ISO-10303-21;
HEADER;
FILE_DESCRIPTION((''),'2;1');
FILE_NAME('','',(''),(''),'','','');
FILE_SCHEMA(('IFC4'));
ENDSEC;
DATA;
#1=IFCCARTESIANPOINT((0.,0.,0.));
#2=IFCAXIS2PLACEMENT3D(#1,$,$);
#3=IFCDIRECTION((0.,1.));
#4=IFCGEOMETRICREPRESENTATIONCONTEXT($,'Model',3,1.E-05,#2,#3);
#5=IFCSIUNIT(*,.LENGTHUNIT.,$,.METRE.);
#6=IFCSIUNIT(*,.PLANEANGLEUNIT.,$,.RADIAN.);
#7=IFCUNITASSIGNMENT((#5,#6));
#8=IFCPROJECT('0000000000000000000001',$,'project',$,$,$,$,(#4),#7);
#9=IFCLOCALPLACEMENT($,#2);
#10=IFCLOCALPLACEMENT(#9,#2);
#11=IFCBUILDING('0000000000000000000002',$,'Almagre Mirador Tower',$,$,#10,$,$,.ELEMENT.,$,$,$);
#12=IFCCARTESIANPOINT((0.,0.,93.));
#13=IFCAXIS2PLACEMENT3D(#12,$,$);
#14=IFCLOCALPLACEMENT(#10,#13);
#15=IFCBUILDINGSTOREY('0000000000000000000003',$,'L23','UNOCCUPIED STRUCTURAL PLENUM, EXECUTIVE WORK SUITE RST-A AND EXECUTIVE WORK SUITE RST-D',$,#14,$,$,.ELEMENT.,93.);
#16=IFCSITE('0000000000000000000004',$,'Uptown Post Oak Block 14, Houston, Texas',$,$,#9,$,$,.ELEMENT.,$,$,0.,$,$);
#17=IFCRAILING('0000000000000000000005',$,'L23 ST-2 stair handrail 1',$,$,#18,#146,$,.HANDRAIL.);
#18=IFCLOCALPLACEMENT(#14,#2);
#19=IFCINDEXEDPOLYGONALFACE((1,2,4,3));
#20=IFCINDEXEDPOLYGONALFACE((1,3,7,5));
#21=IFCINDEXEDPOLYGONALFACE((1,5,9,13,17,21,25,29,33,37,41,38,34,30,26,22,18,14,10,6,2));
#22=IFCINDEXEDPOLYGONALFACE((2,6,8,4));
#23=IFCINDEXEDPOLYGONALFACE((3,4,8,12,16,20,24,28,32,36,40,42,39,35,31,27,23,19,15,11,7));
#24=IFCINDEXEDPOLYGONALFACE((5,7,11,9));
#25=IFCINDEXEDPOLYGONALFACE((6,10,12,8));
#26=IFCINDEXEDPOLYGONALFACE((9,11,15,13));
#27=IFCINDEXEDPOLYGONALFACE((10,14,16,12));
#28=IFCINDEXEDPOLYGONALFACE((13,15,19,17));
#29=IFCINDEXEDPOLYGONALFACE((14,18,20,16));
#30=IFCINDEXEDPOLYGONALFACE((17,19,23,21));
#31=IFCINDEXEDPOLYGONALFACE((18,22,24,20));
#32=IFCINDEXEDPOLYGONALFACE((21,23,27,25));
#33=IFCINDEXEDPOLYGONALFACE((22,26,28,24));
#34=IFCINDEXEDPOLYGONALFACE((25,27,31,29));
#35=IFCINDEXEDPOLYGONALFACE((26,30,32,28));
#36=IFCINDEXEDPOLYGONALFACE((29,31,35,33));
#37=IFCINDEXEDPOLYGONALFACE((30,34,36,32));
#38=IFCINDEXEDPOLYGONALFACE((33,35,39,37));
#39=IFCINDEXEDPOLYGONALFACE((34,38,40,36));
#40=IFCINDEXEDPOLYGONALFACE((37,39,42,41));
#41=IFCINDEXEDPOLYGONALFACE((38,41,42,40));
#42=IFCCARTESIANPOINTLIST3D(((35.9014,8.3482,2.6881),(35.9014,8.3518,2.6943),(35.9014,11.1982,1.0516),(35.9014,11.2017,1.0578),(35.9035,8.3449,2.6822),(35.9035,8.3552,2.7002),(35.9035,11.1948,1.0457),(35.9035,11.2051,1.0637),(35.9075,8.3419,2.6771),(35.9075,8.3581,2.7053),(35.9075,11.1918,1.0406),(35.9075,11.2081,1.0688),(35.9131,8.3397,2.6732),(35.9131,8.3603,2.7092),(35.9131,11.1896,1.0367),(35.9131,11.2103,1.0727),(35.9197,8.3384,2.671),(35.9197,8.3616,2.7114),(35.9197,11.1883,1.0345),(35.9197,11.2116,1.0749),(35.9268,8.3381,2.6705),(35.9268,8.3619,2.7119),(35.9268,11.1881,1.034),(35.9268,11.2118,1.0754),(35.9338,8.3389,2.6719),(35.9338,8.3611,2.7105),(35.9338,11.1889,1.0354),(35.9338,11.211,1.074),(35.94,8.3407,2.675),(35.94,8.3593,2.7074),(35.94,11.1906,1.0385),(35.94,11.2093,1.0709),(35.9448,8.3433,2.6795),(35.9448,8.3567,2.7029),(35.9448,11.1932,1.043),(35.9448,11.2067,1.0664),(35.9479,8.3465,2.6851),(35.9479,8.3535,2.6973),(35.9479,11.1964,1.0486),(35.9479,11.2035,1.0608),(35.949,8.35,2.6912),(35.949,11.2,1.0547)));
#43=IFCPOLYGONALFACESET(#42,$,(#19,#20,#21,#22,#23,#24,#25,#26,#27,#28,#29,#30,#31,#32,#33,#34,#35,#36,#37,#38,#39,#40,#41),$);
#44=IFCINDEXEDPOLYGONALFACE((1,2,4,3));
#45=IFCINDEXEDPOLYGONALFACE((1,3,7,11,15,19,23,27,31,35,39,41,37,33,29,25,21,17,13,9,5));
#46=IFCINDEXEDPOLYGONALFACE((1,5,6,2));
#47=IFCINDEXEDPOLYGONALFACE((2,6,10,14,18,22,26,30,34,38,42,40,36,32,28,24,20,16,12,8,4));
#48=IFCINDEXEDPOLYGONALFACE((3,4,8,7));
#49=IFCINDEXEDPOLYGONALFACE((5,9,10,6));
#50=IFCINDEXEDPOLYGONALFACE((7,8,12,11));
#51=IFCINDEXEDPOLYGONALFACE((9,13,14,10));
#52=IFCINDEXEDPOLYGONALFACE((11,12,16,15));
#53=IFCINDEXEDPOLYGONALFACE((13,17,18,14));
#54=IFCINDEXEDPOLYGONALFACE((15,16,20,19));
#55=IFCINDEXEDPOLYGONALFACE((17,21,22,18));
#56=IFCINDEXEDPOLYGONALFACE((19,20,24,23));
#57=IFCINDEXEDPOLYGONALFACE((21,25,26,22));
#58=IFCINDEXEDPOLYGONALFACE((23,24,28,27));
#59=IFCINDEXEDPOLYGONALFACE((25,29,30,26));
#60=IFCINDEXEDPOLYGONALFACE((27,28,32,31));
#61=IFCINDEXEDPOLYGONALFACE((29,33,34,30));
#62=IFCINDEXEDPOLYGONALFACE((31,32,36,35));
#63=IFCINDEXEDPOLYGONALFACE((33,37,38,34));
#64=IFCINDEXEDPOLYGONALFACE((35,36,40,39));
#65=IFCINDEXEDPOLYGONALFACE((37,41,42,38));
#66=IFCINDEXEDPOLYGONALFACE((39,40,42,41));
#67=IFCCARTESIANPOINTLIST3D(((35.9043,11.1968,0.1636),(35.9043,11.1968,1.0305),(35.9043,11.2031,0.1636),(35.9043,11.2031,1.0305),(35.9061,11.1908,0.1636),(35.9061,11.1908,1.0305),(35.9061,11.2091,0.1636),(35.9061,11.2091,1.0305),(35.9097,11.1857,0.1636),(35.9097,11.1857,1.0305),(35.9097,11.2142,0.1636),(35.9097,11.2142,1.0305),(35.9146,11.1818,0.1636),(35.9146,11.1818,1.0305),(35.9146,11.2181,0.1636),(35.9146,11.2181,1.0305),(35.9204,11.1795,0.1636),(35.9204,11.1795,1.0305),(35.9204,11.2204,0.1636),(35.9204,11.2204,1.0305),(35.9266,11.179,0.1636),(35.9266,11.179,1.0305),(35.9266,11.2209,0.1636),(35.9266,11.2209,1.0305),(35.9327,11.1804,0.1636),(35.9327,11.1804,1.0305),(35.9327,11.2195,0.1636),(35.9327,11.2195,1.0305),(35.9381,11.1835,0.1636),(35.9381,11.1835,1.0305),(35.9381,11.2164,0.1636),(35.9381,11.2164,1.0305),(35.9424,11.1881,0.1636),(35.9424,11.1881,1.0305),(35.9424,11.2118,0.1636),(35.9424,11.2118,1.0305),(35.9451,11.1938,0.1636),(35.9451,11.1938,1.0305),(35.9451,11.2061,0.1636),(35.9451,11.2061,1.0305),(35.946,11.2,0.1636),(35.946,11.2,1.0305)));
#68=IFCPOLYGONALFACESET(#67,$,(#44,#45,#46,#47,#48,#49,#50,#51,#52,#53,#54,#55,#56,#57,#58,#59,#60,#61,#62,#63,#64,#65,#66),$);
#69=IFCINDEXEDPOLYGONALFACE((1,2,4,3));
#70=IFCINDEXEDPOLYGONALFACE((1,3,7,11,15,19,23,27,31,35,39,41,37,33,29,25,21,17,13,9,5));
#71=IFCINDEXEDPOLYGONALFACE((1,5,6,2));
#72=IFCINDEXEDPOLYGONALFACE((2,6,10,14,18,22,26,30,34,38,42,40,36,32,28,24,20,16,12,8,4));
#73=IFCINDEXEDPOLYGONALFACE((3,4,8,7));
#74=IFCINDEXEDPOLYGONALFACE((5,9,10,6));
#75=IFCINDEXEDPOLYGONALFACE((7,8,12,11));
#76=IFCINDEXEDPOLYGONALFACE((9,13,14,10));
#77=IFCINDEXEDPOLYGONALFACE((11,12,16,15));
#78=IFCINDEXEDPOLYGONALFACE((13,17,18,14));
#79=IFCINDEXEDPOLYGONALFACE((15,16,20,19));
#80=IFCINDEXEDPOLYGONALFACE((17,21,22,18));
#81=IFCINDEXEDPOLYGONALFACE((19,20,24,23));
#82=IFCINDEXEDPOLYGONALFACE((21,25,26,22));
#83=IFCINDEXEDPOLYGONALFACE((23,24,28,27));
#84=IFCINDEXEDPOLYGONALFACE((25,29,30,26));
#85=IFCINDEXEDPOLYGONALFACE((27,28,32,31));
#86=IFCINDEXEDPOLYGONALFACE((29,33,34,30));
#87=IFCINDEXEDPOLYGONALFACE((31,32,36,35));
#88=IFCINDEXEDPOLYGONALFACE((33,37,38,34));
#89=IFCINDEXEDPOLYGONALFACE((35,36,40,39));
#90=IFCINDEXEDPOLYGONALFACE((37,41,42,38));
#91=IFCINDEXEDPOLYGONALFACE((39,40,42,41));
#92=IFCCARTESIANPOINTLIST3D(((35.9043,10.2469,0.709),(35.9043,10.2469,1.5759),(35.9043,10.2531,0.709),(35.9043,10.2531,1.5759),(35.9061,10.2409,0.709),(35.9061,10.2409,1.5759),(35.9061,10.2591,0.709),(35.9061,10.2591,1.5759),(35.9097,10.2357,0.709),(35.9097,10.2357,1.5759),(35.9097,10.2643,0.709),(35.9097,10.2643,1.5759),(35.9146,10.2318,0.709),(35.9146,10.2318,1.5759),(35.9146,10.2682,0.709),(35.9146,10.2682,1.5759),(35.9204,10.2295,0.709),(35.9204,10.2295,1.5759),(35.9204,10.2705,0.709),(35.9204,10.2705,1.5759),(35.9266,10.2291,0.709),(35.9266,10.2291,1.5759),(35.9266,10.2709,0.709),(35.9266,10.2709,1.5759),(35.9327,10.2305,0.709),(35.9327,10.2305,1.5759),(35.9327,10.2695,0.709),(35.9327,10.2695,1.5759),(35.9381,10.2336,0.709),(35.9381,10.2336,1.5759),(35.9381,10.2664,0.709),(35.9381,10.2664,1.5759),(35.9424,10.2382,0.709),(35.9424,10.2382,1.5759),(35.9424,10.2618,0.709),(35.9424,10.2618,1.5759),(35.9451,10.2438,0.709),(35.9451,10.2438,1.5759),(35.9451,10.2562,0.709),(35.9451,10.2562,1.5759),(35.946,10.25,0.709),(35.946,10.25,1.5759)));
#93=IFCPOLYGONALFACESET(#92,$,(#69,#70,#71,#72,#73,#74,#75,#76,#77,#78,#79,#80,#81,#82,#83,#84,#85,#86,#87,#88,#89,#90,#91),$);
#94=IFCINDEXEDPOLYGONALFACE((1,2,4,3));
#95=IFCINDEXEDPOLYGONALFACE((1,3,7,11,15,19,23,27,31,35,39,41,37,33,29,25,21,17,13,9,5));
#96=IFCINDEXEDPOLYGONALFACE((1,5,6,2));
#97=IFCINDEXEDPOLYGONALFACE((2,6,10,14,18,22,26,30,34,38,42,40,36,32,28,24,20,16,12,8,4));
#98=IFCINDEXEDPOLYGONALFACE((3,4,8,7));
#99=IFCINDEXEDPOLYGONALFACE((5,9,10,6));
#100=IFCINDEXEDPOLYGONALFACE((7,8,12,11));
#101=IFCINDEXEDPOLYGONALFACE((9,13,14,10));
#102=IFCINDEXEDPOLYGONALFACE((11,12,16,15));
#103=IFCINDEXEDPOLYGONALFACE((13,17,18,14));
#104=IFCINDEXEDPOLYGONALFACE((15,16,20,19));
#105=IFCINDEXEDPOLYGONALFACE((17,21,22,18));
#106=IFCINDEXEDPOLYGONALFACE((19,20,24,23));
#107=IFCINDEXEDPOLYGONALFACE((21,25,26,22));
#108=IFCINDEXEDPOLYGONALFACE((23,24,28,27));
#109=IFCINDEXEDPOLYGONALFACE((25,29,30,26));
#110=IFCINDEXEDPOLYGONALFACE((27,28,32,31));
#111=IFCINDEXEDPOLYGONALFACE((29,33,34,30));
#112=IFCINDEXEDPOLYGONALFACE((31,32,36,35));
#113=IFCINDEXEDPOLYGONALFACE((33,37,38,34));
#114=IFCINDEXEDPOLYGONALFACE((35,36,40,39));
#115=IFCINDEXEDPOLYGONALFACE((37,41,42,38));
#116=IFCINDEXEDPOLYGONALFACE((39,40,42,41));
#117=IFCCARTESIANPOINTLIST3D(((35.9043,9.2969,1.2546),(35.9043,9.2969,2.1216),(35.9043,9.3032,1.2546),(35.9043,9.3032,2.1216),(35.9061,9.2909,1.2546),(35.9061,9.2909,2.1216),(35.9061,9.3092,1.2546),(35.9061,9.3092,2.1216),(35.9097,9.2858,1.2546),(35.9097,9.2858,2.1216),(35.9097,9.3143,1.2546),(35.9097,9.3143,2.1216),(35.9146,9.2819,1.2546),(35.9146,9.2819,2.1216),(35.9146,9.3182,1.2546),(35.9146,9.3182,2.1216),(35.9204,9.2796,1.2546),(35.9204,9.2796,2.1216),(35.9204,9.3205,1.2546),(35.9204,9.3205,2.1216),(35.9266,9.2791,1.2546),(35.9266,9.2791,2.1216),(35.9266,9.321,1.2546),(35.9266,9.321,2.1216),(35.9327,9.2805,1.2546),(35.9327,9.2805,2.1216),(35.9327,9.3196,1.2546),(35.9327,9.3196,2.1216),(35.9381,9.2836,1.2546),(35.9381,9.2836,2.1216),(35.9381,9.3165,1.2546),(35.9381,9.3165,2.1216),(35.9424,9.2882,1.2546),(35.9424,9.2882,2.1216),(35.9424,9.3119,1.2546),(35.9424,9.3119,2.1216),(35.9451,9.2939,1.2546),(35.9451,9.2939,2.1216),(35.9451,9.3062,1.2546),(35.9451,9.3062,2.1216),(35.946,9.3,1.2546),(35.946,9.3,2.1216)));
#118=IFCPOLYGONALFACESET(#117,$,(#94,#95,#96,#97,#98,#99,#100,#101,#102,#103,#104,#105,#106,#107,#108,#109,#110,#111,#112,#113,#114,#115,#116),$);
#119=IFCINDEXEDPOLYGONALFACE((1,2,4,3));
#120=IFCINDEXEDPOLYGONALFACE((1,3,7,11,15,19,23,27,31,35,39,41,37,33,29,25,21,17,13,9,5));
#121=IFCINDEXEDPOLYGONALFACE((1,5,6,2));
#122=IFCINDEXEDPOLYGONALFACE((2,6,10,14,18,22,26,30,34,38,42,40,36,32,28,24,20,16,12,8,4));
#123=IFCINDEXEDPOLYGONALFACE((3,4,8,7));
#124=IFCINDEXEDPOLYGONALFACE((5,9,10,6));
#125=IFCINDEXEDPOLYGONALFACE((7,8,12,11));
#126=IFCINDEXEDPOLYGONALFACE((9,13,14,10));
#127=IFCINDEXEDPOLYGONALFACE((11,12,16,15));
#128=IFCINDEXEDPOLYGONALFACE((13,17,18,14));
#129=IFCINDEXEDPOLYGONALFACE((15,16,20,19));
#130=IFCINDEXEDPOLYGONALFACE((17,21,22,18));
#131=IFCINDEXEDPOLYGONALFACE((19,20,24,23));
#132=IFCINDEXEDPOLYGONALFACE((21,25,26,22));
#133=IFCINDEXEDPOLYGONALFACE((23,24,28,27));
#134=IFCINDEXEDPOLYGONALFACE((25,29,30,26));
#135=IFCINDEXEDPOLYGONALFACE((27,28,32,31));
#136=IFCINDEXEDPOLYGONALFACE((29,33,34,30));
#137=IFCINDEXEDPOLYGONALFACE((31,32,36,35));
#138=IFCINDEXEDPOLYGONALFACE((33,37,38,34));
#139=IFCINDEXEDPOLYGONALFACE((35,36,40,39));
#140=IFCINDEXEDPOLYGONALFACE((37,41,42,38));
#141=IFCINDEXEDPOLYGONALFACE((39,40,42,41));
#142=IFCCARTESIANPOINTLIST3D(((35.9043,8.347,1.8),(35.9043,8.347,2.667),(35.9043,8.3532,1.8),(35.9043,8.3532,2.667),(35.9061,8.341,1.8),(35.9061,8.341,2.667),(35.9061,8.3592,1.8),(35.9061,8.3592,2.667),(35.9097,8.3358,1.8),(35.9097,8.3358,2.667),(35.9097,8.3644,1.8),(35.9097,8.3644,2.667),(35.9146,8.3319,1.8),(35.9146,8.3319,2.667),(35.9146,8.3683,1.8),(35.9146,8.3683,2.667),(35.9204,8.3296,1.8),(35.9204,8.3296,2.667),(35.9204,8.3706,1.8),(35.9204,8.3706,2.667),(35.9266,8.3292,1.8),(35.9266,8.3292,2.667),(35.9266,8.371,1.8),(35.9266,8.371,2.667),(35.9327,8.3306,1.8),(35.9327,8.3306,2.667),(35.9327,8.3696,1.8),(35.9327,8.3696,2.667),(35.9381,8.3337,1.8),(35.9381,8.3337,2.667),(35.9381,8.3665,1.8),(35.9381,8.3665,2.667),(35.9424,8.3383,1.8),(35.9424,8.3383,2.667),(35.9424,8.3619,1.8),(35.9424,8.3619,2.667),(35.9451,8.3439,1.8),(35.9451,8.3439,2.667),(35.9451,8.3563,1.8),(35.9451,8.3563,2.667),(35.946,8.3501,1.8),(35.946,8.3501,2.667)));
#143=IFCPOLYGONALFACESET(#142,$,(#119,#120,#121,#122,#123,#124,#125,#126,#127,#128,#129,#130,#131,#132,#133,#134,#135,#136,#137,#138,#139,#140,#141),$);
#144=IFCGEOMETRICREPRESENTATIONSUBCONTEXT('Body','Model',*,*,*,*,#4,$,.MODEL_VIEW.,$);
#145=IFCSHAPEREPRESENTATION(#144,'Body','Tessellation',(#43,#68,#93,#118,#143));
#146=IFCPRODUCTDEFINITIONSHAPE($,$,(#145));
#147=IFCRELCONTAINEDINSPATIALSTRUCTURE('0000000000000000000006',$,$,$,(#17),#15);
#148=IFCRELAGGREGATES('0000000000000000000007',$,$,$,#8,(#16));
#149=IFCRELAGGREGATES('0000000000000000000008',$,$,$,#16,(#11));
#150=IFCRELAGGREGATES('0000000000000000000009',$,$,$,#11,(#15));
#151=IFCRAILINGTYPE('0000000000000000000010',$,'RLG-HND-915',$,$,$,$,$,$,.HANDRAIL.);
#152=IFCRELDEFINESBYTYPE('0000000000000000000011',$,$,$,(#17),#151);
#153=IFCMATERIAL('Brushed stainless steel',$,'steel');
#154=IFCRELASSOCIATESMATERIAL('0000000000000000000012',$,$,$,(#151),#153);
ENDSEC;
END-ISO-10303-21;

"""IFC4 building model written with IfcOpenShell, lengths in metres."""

from ifc_helpers import new_model, si_unit, direction, frame, origin, origin_2d, place, context, subcontext, project, spatial, circle, extrude, material, type_object, element, save


model = new_model("IFC4")

# Units and contexts
model_context = context("Model", 3, precision=1e-05, world=origin(), true_north=direction((0.0, 1.0)))
body_context = subcontext(model_context, "Body", "Model", "MODEL_VIEW")
ifc_project = project(units=[si_unit("LENGTHUNIT", "METRE"), si_unit("PLANEANGLEUNIT", "RADIAN")], contexts=[model_context])

# Site, building, storey
site_placement = place(None, origin())
site = spatial("IfcSite", under=ifc_project, at=site_placement, Name="Uptown Post Oak Block 14, Houston, Texas", CompositionType="ELEMENT", RefElevation=0.0)
building_placement = place(site_placement, origin())
building = spatial("IfcBuilding", under=site, at=building_placement, Name="Almagre Mirador Tower", CompositionType="ELEMENT")
storey_placement = place(building_placement, frame((0.0, 0.0, 93.0)))
storey = spatial("IfcBuildingStorey", under=building, at=storey_placement, Name="L23", Description="UNOCCUPIED STRUCTURAL PLENUM, EXECUTIVE WORK SUITE RST-A AND EXECUTIVE WORK SUITE RST-D", CompositionType="ELEMENT", Elevation=93.0)

# Railing
ifc_material_1 = material(Name="Brushed stainless steel", Category="steel")
railing_type_1 = type_object("IfcRailingType", Name="RLG-HND-915", PredefinedType="HANDRAIL", material=ifc_material_1)
railing_1_placement = place(storey_placement, frame((35.925, 11.2, 0.1636)))
element("IfcRailing", 1, at=railing_1_placement, inside=storey, type_object=railing_type_1, Name="L23 ST-2 stair handrail 1", PredefinedType="HANDRAIL", context=body_context, shape_type="SweptSolid", body=[
    extrude(circle(Radius=0.0239, at=origin_2d()), frame((0.0, 0.0, 0.8911), z_axis=(0.0, -0.867194, 0.49797), x_axis=(1.0, 0.0, 0.0)), (0.0, 0.0, 1.0), 3.2864),
    extrude(circle(Radius=0.021, at=origin_2d()), origin(), (0.0, 0.0, 1.0), 0.8669),
    extrude(circle(Radius=0.021, at=origin_2d()), frame((0.0, -0.95, 0.5454)), (0.0, 0.0, 1.0), 0.8669),
    extrude(circle(Radius=0.021, at=origin_2d()), frame((0.0, -1.8999, 1.0911)), (0.0, 0.0, 1.0), 0.8669),
    extrude(circle(Radius=0.021, at=origin_2d()), frame((0.0, -2.8499, 1.6365)), (0.0, 0.0, 1.0), 0.8669),
])

save(model, "model.ifc")
